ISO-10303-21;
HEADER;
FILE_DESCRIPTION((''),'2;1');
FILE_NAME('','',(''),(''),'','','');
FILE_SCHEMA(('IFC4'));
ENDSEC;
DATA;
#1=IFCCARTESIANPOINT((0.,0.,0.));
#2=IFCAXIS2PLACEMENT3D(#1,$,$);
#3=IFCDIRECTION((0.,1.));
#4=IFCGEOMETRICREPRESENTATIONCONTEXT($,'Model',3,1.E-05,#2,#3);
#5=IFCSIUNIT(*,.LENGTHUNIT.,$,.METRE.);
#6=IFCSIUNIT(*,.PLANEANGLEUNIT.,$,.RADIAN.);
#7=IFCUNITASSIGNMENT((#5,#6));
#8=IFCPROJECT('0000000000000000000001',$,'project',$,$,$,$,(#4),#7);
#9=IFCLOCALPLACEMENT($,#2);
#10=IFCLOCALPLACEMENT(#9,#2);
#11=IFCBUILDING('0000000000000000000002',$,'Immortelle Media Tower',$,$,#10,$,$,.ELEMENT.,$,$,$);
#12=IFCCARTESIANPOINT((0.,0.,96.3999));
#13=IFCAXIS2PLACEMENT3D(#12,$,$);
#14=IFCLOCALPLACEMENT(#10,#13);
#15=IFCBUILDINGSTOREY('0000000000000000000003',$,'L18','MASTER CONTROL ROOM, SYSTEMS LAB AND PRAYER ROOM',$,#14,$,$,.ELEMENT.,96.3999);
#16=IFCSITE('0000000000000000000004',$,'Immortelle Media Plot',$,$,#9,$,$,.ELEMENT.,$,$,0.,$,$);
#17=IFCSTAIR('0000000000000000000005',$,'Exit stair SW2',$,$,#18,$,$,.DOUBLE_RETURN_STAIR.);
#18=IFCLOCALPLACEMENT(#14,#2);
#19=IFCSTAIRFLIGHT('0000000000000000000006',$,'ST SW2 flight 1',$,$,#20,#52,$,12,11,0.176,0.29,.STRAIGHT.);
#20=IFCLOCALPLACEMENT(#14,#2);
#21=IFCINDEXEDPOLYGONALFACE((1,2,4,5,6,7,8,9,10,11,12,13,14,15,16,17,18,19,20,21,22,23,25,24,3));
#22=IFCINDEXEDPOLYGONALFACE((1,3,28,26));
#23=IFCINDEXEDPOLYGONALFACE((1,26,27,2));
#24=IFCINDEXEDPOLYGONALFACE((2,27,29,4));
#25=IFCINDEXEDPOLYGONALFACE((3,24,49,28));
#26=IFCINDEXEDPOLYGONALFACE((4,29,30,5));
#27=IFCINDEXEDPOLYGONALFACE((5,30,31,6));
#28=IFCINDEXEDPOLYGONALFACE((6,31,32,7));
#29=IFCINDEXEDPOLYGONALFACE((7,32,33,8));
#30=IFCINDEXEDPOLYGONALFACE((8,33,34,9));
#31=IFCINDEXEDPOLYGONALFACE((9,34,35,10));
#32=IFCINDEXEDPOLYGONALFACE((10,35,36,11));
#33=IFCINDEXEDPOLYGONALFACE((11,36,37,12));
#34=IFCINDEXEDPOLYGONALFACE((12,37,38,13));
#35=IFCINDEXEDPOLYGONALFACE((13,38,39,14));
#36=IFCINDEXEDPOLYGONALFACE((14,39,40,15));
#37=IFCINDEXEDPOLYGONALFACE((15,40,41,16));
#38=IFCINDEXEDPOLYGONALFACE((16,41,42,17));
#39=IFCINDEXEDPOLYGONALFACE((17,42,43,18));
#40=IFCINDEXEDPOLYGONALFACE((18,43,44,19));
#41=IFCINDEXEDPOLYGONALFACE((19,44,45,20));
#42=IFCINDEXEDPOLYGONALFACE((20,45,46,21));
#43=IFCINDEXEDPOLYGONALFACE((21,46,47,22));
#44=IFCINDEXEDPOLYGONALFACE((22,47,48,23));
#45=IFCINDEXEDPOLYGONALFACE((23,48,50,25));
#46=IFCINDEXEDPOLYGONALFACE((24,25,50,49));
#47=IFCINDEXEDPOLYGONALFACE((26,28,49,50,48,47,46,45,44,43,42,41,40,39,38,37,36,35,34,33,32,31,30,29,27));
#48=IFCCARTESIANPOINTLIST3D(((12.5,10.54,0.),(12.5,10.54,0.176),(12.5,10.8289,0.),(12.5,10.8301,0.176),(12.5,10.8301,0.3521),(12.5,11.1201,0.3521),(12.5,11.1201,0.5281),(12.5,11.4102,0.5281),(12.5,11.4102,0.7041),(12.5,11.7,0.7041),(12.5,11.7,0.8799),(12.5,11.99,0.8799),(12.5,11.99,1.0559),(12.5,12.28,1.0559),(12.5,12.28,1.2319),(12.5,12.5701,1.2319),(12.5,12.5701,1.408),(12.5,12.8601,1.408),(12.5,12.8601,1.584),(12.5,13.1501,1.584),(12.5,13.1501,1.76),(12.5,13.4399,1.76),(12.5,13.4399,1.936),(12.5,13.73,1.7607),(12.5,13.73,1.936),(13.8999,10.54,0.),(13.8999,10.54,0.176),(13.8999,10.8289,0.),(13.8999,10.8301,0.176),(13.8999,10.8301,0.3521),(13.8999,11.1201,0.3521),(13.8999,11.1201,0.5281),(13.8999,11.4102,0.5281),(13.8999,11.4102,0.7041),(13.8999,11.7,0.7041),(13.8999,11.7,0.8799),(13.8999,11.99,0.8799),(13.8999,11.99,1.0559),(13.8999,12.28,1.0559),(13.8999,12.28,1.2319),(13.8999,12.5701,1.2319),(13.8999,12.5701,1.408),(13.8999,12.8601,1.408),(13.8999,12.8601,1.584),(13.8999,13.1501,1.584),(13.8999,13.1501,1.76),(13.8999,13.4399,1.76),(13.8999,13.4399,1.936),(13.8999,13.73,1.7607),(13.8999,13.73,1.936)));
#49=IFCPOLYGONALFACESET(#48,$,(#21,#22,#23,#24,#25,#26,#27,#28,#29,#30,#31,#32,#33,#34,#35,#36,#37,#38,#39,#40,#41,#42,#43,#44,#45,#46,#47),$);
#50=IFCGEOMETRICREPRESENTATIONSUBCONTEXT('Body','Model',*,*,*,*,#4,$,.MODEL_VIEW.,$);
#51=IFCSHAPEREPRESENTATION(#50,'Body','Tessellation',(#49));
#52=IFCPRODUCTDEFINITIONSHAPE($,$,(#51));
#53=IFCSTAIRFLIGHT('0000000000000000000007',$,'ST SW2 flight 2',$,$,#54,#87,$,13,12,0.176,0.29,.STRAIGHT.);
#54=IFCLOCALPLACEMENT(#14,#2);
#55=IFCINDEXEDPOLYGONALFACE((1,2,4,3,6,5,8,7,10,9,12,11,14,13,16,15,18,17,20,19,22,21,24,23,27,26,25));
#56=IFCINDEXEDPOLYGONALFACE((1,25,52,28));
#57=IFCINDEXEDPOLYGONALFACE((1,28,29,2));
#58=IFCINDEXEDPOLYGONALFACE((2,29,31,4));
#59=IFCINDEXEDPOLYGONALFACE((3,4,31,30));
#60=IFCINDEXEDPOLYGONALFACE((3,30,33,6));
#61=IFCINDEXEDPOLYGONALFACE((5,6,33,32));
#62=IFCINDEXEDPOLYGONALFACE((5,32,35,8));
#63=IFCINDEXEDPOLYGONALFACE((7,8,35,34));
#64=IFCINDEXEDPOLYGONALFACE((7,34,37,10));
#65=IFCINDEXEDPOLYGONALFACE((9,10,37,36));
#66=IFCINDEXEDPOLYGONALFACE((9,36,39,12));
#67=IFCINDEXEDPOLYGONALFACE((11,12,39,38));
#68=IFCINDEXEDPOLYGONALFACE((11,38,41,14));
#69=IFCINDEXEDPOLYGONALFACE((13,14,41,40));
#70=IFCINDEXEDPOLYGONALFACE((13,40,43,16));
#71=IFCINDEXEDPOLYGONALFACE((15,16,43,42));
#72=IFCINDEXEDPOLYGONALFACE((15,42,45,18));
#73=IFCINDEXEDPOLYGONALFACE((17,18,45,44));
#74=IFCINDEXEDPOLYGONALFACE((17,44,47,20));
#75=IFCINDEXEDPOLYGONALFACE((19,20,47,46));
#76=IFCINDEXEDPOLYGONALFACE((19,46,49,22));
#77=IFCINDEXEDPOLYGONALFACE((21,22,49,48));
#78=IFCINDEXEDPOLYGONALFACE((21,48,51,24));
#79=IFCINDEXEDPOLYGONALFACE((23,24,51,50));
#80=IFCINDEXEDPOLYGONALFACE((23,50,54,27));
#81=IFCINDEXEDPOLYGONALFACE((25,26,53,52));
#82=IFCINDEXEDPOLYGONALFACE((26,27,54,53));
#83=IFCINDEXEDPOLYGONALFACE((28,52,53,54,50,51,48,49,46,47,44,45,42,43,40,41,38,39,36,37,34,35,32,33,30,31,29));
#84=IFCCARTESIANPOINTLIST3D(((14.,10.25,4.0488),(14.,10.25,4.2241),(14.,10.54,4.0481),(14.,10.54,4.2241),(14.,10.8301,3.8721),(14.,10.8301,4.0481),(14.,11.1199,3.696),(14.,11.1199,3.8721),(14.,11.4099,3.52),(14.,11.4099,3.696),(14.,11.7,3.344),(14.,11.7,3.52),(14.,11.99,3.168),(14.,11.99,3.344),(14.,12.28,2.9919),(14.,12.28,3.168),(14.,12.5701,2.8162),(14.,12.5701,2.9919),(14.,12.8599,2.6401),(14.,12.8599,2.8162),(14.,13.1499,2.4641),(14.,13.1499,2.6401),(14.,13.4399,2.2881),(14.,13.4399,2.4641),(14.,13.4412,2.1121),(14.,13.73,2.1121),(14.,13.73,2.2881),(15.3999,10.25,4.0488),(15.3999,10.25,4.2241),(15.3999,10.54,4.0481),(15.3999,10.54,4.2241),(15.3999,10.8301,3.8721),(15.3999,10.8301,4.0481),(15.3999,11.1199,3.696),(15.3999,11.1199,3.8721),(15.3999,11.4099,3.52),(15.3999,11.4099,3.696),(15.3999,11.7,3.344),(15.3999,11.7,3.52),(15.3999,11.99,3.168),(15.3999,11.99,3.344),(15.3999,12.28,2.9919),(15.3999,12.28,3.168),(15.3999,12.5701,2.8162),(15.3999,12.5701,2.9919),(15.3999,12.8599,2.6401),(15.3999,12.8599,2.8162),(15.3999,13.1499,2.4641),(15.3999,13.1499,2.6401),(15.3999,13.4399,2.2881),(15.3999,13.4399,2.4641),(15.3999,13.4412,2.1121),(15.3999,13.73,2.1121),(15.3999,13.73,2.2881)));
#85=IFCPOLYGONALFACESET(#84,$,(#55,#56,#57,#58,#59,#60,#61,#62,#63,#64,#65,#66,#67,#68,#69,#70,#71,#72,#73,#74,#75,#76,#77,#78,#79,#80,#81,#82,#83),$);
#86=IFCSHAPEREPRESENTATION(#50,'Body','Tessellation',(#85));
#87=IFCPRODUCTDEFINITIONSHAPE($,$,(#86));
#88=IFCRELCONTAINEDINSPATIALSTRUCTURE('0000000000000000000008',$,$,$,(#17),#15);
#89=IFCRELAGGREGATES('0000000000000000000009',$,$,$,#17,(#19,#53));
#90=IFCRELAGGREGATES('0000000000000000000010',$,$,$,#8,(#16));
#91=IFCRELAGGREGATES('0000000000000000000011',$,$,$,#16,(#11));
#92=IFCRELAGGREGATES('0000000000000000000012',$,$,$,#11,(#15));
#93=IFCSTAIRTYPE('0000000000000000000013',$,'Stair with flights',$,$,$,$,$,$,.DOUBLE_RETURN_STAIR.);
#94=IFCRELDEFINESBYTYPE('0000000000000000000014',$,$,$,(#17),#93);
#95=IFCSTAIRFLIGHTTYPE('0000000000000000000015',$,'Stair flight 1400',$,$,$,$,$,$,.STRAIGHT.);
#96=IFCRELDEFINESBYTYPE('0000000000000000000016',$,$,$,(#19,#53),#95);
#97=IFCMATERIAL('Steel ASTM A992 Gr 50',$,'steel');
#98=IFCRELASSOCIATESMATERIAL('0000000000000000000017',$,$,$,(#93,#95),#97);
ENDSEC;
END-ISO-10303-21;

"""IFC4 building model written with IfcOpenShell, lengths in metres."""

from ifc_helpers import new_model, si_unit, direction, frame, origin, place, context, subcontext, project, spatial, polyline, outline, extrude, material, type_object, element, aggregate, save


model = new_model("IFC4")

# Units and contexts
model_context = context("Model", 3, precision=1e-05, world=origin(), true_north=direction((0.0, 1.0)))
body_context = subcontext(model_context, "Body", "Model", "MODEL_VIEW")
ifc_project = project(units=[si_unit("LENGTHUNIT", "METRE"), si_unit("PLANEANGLEUNIT", "RADIAN")], contexts=[model_context])

# Site, building, storey
site_placement = place(None, origin())
site = spatial("IfcSite", under=ifc_project, at=site_placement, Name="Immortelle Media Plot", CompositionType="ELEMENT", RefElevation=0.0)
building_placement = place(site_placement, origin())
building = spatial("IfcBuilding", under=site, at=building_placement, Name="Immortelle Media Tower", CompositionType="ELEMENT")
storey_placement = place(building_placement, frame((0.0, 0.0, 96.3999)))
storey = spatial("IfcBuildingStorey", under=building, at=storey_placement, Name="L18", Description="MASTER CONTROL ROOM, SYSTEMS LAB AND PRAYER ROOM", CompositionType="ELEMENT", Elevation=96.3999)

# Shared definitions
ifc_material_1 = material(Name="Steel ASTM A992 Gr 50", Category="steel")

# Stair, stair flights
stair_type = type_object("IfcStairType", Name="Stair with flights", PredefinedType="DOUBLE_RETURN_STAIR", material=ifc_material_1)
stair_flight_type = type_object("IfcStairFlightType", Name="Stair flight 1400", PredefinedType="STRAIGHT", material=ifc_material_1)
stair_1_placement = place(storey_placement, origin())
stair_1 = element("IfcStair", 1, at=stair_1_placement, inside=storey, type_object=stair_type, Name="Exit stair SW2", PredefinedType="DOUBLE_RETURN_STAIR")
stair_flight_1_placement = place(storey_placement, frame((13.2, 10.54, 0.0), z_axis=(0.0, 0.0, 1.0), x_axis=(0.0, 1.0, 0.0)))
stair_flight_1 = element("IfcStairFlight", 2, at=stair_flight_1_placement, type_object=stair_flight_type, Name="ST SW2 flight 1", NumberOfRisers=12, NumberOfTreads=11, PredefinedType="STRAIGHT", RiserHeight=0.176, TreadLength=0.29, context=body_context, shape_type="SweptSolid", body=[
    extrude(outline(polyline([(0.0, 0.0), (0.0, 0.176), (0.29, 0.176), (0.29, 0.3521), (0.5801, 0.3521), (0.5801, 0.5281), (0.8701, 0.5281), (0.8701, 0.7041), (1.1599, 0.7041), (1.1599, 0.8799), (1.45, 0.8799), (1.45, 1.0559), (1.74, 1.0559), (1.74, 1.2319), (2.03, 1.2319), (2.03, 1.408), (2.3201, 1.408), (2.3201, 1.584), (2.6101, 1.584), (2.6101, 1.76), (2.8999, 1.76), (2.8999, 1.936), (3.1899, 1.936), (3.1899, 2.1121), (3.1899, 1.7607), (0.2888, 0.0), (0.0, 0.0)])), frame((0.0, 0.7, 0.0), z_axis=(0.0, -1.0, 0.0), x_axis=(1.0, 0.0, 0.0)), (0.0, 0.0, 1.0), 1.3999),
])
stair_flight_2_placement = place(storey_placement, frame((14.7, 13.73, 2.1121), z_axis=(0.0, 0.0, 1.0), x_axis=(0.0, -1.0, 0.0)))
stair_flight_2 = element("IfcStairFlight", 3, at=stair_flight_2_placement, type_object=stair_flight_type, Name="ST SW2 flight 2", NumberOfRisers=13, NumberOfTreads=12, PredefinedType="STRAIGHT", RiserHeight=0.176, TreadLength=0.29, context=body_context, shape_type="SweptSolid", body=[
    extrude(outline(polyline([(0.0, 0.0), (0.0, 0.176), (0.29, 0.176), (0.29, 0.3521), (0.5801, 0.3521), (0.5801, 0.5281), (0.8701, 0.5281), (0.8701, 0.7041), (1.1599, 0.7041), (1.1599, 0.8799), (1.45, 0.8799), (1.45, 1.0559), (1.74, 1.0559), (1.74, 1.2319), (2.03, 1.2319), (2.03, 1.408), (2.3201, 1.408), (2.3201, 1.584), (2.6101, 1.584), (2.6101, 1.76), (2.8999, 1.76), (2.8999, 1.936), (3.1899, 1.936), (3.1899, 2.1121), (3.48, 2.1121), (3.48, 2.2881), (3.48, 1.9368), (0.2888, 0.0), (0.0, 0.0)])), frame((0.0, 0.7, 0.0), z_axis=(0.0, -1.0, 0.0), x_axis=(1.0, 0.0, 0.0)), (0.0, 0.0, 1.0), 1.3999),
])
aggregate(stair_1, [stair_flight_1, stair_flight_2])

save(model, "model.ifc")
